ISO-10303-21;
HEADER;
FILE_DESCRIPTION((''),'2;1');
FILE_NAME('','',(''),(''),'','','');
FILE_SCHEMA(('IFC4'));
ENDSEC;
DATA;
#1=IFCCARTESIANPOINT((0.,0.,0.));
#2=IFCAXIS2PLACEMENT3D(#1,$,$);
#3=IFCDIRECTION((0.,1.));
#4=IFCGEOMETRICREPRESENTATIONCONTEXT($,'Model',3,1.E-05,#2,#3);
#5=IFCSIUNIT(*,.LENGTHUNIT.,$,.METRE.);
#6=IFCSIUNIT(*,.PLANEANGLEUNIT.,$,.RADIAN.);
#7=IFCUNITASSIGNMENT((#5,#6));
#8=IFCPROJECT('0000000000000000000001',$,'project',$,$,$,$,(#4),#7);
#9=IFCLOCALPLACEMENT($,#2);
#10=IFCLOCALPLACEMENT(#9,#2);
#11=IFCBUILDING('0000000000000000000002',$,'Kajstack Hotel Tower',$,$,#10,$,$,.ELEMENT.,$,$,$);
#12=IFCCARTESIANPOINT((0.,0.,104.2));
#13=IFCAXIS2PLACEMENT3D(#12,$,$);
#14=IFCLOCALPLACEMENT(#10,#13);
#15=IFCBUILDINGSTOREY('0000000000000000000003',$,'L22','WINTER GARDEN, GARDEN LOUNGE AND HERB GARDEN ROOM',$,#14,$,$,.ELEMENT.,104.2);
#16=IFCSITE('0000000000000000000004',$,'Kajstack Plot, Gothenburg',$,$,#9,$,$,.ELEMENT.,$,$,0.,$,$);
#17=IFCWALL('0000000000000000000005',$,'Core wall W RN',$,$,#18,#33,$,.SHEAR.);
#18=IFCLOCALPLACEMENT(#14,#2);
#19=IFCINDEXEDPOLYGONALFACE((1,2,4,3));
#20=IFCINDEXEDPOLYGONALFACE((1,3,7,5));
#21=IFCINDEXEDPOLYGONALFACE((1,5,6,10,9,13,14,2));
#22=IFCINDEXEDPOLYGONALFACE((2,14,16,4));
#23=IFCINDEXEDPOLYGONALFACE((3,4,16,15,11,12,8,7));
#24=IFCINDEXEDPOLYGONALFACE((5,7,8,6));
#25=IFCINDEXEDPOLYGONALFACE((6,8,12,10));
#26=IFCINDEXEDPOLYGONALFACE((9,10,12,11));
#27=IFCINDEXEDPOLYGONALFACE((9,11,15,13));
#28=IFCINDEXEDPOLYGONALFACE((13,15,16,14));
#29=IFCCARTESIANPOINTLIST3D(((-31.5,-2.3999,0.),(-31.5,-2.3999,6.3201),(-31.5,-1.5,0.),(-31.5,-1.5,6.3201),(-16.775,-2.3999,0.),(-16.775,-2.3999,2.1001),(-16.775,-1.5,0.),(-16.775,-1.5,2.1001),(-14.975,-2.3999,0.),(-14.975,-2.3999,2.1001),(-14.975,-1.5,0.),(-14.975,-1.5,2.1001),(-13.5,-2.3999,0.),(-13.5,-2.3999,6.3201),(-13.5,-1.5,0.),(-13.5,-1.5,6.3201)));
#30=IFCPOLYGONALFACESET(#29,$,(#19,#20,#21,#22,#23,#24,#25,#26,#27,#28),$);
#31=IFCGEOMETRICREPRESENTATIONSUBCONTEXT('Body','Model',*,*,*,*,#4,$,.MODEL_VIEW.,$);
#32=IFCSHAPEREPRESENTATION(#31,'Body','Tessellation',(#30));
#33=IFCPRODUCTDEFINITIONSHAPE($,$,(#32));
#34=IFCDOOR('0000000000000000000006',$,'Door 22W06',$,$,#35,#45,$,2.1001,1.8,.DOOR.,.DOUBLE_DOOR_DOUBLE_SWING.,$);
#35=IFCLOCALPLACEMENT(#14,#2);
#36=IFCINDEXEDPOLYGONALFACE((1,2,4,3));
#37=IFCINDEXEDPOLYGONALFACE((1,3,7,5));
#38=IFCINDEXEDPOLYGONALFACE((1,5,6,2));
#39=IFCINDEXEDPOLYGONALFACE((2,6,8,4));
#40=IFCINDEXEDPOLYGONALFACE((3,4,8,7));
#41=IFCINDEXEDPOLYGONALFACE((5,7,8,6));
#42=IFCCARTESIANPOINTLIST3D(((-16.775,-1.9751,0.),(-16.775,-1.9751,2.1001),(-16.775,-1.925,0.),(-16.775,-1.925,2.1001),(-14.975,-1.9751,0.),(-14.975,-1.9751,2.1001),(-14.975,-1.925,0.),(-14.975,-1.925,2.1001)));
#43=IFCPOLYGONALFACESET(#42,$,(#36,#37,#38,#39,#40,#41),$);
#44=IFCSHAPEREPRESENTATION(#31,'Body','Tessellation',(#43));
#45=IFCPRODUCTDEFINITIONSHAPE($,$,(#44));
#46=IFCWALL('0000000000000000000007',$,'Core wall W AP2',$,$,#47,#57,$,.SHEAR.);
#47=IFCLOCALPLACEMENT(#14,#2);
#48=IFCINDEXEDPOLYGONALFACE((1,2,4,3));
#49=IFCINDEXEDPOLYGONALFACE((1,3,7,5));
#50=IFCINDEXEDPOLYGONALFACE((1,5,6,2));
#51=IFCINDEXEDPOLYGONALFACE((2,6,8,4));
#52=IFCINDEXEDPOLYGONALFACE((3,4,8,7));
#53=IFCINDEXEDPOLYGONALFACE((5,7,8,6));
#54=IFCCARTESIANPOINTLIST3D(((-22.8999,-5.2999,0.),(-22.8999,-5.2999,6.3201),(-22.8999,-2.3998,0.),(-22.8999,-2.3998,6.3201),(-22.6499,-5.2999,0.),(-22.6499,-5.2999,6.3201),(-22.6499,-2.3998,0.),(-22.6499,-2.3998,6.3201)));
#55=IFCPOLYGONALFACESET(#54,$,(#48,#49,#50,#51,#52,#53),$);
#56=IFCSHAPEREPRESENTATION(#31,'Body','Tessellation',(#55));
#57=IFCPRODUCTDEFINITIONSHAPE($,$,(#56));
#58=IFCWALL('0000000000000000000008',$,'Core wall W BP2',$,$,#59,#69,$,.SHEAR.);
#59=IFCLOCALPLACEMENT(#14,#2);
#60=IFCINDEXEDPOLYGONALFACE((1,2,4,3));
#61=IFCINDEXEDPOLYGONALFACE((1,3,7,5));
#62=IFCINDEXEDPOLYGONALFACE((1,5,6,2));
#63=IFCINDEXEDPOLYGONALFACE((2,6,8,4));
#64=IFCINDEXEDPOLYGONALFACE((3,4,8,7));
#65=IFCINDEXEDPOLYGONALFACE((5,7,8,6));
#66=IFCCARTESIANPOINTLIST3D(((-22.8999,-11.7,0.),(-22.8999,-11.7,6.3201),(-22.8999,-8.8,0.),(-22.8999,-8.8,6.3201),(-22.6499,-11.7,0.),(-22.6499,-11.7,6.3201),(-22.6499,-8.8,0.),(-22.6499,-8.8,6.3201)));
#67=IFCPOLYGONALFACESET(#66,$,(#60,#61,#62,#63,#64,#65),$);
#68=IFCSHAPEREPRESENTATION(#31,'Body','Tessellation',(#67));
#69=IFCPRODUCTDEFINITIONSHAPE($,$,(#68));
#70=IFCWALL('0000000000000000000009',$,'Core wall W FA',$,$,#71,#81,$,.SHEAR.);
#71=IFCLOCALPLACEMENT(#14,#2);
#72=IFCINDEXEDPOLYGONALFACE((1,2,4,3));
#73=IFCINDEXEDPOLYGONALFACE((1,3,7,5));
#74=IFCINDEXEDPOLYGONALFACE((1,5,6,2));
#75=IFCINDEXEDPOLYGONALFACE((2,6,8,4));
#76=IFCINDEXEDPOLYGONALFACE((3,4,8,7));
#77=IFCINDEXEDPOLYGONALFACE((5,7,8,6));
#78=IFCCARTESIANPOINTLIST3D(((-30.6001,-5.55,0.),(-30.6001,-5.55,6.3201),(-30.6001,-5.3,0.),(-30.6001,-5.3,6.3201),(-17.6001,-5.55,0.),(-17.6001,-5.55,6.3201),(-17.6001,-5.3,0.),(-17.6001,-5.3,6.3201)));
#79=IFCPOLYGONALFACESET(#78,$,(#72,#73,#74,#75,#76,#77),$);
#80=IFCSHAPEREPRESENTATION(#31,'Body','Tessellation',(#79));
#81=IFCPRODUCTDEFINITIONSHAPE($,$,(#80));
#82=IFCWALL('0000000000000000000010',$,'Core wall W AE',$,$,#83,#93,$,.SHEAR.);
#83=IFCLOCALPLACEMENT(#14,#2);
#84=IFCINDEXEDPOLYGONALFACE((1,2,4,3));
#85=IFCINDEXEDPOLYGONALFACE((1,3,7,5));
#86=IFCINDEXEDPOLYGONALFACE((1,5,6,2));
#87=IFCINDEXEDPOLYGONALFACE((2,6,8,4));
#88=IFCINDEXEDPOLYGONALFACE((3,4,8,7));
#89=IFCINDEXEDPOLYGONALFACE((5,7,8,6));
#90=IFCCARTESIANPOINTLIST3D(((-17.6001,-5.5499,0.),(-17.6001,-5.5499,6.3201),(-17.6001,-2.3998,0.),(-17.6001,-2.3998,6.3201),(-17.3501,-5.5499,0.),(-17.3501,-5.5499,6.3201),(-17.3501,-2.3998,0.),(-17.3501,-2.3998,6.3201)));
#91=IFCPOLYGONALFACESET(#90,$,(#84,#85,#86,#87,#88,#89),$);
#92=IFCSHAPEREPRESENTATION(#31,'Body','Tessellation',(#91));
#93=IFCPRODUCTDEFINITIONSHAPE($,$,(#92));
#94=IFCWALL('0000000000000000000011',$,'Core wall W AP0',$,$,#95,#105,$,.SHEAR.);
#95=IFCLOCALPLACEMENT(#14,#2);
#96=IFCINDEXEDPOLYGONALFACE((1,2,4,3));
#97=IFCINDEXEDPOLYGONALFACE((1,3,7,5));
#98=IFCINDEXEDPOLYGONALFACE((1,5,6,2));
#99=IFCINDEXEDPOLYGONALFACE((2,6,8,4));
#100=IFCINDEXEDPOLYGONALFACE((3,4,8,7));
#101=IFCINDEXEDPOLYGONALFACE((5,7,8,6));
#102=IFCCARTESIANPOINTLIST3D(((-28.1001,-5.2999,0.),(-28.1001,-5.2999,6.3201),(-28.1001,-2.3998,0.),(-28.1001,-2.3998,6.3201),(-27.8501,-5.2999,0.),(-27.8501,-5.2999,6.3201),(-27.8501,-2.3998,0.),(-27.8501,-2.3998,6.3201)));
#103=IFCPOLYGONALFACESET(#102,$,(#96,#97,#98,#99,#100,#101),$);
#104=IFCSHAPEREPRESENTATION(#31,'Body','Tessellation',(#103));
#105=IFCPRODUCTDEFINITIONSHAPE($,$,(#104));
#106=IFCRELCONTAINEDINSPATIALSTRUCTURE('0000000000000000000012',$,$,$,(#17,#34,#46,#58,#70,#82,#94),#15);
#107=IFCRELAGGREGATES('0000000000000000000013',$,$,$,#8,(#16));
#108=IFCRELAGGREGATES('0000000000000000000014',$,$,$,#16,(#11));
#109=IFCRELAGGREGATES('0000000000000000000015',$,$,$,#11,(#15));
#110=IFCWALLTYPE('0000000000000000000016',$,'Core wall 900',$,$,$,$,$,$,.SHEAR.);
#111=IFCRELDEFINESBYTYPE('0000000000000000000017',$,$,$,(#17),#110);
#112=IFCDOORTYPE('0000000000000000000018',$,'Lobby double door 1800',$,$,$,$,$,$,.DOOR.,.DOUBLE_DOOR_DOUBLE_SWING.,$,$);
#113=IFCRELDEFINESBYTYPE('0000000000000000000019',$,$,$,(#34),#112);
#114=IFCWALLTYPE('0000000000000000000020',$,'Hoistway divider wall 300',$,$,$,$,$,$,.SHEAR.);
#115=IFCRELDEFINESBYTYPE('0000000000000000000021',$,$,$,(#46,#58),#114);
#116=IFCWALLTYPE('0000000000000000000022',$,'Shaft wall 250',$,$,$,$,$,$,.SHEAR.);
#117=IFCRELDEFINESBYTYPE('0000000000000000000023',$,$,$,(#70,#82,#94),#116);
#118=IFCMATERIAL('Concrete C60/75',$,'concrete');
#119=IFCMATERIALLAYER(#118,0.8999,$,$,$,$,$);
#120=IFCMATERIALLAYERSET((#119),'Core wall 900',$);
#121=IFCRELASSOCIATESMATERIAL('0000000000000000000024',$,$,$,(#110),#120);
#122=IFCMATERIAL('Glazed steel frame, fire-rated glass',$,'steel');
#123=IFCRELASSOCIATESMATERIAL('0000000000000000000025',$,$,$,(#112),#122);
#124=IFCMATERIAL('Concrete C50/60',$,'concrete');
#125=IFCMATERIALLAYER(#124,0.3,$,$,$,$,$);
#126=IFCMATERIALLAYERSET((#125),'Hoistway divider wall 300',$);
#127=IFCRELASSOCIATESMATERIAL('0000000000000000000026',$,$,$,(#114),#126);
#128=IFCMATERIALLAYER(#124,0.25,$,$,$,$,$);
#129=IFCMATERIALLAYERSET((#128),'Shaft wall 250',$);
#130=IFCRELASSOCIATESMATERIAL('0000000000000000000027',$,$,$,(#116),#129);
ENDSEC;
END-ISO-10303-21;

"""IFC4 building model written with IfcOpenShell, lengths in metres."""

from ifc_helpers import new_model, si_unit, direction, frame, frame_2d, origin, place, context, subcontext, project, spatial, rectangle, extrude, material, layer, layer_set, type_object, element, fill, save


model = new_model("IFC4")

# Units and contexts
model_context = context("Model", 3, precision=1e-05, world=origin(), true_north=direction((0.0, 1.0)))
body_context = subcontext(model_context, "Body", "Model", "MODEL_VIEW")
ifc_project = project(units=[si_unit("LENGTHUNIT", "METRE"), si_unit("PLANEANGLEUNIT", "RADIAN")], contexts=[model_context])

# Site, building, storey
site_placement = place(None, origin())
site = spatial("IfcSite", under=ifc_project, at=site_placement, Name="Kajstack Plot, Gothenburg", CompositionType="ELEMENT", RefElevation=0.0)
building_placement = place(site_placement, origin())
building = spatial("IfcBuilding", under=site, at=building_placement, Name="Kajstack Hotel Tower", CompositionType="ELEMENT")
storey_placement = place(building_placement, frame((0.0, 0.0, 104.2)))
storey = spatial("IfcBuildingStorey", under=building, at=storey_placement, Name="L22", Description="WINTER GARDEN, GARDEN LOUNGE AND HERB GARDEN ROOM", CompositionType="ELEMENT", Elevation=104.2)

# Wall, opening, door
ifc_material_1 = material(Name="Concrete C60/75", Category="concrete")
ifc_layer_1 = layer(ifc_material_1, 0.8999)
ifc_layer_set_1 = layer_set([ifc_layer_1], Name="Core wall 900")
wall_type_1 = type_object("IfcWallType", Name="Core wall 900", PredefinedType="SHEAR", material=ifc_layer_set_1)
wall_1_placement = place(storey_placement, frame((-31.5, -1.95, 0.0), z_axis=(0.0, 0.0, 1.0), x_axis=(1.0, 0.0, 0.0)))
wall_1 = element("IfcWall", 1, at=wall_1_placement, inside=storey, type_object=wall_type_1, Name="Core wall W RN", PredefinedType="SHEAR", context=body_context, shape_type="SweptSolid", body=[
    extrude(rectangle(XDim=18.0, YDim=0.8999, at=frame_2d((9.0, 0.0))), origin(), (0.0, 0.0, 1.0), 6.3201),
])
opening_1_placement = place(wall_1_placement, frame((14.7251, 0.0, 0.0)))
opening_1 = element("IfcOpeningElement", 2, at=opening_1_placement, cuts=wall_1, PredefinedType="OPENING", context=body_context, shape_type="SweptSolid", body=[
    extrude(rectangle(XDim=1.8, YDim=2.1001, at=frame_2d((0.8999, 1.05))), frame((0.0, 0.46, 0.0), z_axis=(0.0, -1.0, 0.0), x_axis=(1.0, 0.0, 0.0)), (0.0, 0.0, 1.0), 0.9199),
])
ifc_material_2 = material(Name="Glazed steel frame, fire-rated glass", Category="steel")
door_type_1 = type_object("IfcDoorType", Name="Lobby double door 1800", OperationType="DOUBLE_DOOR_DOUBLE_SWING", PredefinedType="DOOR", material=ifc_material_2)
door_1_placement = place(opening_1_placement, origin())
door_1 = element("IfcDoor", 3, at=door_1_placement, inside=storey, type_object=door_type_1, Name="Door 22W06", OperationType="DOUBLE_DOOR_DOUBLE_SWING", OverallHeight=2.1001, OverallWidth=1.8, PredefinedType="DOOR", context=body_context, shape_type="SweptSolid", body=[
    extrude(rectangle(XDim=1.8, YDim=2.1001, at=frame_2d((0.8999, 1.05))), frame((0.0, 0.0249, 0.0), z_axis=(0.0, -1.0, 0.0), x_axis=(1.0, 0.0, 0.0)), (0.0, 0.0, 1.0), 0.05),
])
fill(opening_1, door_1)

# Walls
ifc_material_3 = material(Name="Concrete C50/60", Category="concrete")
ifc_layer_2 = layer(ifc_material_3, 0.3)
ifc_layer_set_2 = layer_set([ifc_layer_2], Name="Hoistway divider wall 300")
wall_type_2 = type_object("IfcWallType", Name="Hoistway divider wall 300", PredefinedType="SHEAR", material=ifc_layer_set_2)
wall_2_placement = place(storey_placement, frame((-22.7749, -5.3, 0.0), z_axis=(0.0, 0.0, 1.0), x_axis=(0.0, 1.0, 0.0)))
element("IfcWall", 4, at=wall_2_placement, inside=storey, type_object=wall_type_2, Name="Core wall W AP2", PredefinedType="SHEAR", context=body_context, shape_type="SweptSolid", body=[
    extrude(rectangle(XDim=2.9001, YDim=0.25, at=frame_2d((1.4502, 0.0))), origin(), (0.0, 0.0, 1.0), 6.3201),
])
wall_3_placement = place(storey_placement, frame((-22.7749, -11.7, 0.0), z_axis=(0.0, 0.0, 1.0), x_axis=(0.0, 1.0, 0.0)))
element("IfcWall", 5, at=wall_3_placement, inside=storey, type_object=wall_type_2, Name="Core wall W BP2", PredefinedType="SHEAR", context=body_context, shape_type="SweptSolid", body=[
    extrude(rectangle(XDim=2.8999, YDim=0.25, at=frame_2d((1.45, 0.0))), origin(), (0.0, 0.0, 1.0), 6.3201),
])
ifc_layer_3 = layer(ifc_material_3, 0.25)
ifc_layer_set_3 = layer_set([ifc_layer_3], Name="Shaft wall 250")
wall_type_3 = type_object("IfcWallType", Name="Shaft wall 250", PredefinedType="SHEAR", material=ifc_layer_set_3)
wall_4_placement = place(storey_placement, frame((-30.6001, -5.425, 0.0), z_axis=(0.0, 0.0, 1.0), x_axis=(1.0, 0.0, 0.0)))
element("IfcWall", 6, at=wall_4_placement, inside=storey, type_object=wall_type_3, Name="Core wall W FA", PredefinedType="SHEAR", context=body_context, shape_type="SweptSolid", body=[
    extrude(rectangle(XDim=13.0, YDim=0.25, at=frame_2d((6.5, 0.0))), origin(), (0.0, 0.0, 1.0), 6.3201),
])
wall_5_placement = place(storey_placement, frame((-17.4751, -5.55, 0.0), z_axis=(0.0, 0.0, 1.0), x_axis=(0.0, 1.0, 0.0)))
element("IfcWall", 7, at=wall_5_placement, inside=storey, type_object=wall_type_3, Name="Core wall W AE", PredefinedType="SHEAR", context=body_context, shape_type="SweptSolid", body=[
    extrude(rectangle(XDim=3.1501, YDim=0.25, at=frame_2d((1.5752, 0.0))), origin(), (0.0, 0.0, 1.0), 6.3201),
])
wall_6_placement = place(storey_placement, frame((-27.9751, -5.3, 0.0), z_axis=(0.0, 0.0, 1.0), x_axis=(0.0, 1.0, 0.0)))
element("IfcWall", 8, at=wall_6_placement, inside=storey, type_object=wall_type_3, Name="Core wall W AP0", PredefinedType="SHEAR", context=body_context, shape_type="SweptSolid", body=[
    extrude(rectangle(XDim=2.9001, YDim=0.25, at=frame_2d((1.4502, 0.0))), origin(), (0.0, 0.0, 1.0), 6.3201),
])

save(model, "model.ifc")
